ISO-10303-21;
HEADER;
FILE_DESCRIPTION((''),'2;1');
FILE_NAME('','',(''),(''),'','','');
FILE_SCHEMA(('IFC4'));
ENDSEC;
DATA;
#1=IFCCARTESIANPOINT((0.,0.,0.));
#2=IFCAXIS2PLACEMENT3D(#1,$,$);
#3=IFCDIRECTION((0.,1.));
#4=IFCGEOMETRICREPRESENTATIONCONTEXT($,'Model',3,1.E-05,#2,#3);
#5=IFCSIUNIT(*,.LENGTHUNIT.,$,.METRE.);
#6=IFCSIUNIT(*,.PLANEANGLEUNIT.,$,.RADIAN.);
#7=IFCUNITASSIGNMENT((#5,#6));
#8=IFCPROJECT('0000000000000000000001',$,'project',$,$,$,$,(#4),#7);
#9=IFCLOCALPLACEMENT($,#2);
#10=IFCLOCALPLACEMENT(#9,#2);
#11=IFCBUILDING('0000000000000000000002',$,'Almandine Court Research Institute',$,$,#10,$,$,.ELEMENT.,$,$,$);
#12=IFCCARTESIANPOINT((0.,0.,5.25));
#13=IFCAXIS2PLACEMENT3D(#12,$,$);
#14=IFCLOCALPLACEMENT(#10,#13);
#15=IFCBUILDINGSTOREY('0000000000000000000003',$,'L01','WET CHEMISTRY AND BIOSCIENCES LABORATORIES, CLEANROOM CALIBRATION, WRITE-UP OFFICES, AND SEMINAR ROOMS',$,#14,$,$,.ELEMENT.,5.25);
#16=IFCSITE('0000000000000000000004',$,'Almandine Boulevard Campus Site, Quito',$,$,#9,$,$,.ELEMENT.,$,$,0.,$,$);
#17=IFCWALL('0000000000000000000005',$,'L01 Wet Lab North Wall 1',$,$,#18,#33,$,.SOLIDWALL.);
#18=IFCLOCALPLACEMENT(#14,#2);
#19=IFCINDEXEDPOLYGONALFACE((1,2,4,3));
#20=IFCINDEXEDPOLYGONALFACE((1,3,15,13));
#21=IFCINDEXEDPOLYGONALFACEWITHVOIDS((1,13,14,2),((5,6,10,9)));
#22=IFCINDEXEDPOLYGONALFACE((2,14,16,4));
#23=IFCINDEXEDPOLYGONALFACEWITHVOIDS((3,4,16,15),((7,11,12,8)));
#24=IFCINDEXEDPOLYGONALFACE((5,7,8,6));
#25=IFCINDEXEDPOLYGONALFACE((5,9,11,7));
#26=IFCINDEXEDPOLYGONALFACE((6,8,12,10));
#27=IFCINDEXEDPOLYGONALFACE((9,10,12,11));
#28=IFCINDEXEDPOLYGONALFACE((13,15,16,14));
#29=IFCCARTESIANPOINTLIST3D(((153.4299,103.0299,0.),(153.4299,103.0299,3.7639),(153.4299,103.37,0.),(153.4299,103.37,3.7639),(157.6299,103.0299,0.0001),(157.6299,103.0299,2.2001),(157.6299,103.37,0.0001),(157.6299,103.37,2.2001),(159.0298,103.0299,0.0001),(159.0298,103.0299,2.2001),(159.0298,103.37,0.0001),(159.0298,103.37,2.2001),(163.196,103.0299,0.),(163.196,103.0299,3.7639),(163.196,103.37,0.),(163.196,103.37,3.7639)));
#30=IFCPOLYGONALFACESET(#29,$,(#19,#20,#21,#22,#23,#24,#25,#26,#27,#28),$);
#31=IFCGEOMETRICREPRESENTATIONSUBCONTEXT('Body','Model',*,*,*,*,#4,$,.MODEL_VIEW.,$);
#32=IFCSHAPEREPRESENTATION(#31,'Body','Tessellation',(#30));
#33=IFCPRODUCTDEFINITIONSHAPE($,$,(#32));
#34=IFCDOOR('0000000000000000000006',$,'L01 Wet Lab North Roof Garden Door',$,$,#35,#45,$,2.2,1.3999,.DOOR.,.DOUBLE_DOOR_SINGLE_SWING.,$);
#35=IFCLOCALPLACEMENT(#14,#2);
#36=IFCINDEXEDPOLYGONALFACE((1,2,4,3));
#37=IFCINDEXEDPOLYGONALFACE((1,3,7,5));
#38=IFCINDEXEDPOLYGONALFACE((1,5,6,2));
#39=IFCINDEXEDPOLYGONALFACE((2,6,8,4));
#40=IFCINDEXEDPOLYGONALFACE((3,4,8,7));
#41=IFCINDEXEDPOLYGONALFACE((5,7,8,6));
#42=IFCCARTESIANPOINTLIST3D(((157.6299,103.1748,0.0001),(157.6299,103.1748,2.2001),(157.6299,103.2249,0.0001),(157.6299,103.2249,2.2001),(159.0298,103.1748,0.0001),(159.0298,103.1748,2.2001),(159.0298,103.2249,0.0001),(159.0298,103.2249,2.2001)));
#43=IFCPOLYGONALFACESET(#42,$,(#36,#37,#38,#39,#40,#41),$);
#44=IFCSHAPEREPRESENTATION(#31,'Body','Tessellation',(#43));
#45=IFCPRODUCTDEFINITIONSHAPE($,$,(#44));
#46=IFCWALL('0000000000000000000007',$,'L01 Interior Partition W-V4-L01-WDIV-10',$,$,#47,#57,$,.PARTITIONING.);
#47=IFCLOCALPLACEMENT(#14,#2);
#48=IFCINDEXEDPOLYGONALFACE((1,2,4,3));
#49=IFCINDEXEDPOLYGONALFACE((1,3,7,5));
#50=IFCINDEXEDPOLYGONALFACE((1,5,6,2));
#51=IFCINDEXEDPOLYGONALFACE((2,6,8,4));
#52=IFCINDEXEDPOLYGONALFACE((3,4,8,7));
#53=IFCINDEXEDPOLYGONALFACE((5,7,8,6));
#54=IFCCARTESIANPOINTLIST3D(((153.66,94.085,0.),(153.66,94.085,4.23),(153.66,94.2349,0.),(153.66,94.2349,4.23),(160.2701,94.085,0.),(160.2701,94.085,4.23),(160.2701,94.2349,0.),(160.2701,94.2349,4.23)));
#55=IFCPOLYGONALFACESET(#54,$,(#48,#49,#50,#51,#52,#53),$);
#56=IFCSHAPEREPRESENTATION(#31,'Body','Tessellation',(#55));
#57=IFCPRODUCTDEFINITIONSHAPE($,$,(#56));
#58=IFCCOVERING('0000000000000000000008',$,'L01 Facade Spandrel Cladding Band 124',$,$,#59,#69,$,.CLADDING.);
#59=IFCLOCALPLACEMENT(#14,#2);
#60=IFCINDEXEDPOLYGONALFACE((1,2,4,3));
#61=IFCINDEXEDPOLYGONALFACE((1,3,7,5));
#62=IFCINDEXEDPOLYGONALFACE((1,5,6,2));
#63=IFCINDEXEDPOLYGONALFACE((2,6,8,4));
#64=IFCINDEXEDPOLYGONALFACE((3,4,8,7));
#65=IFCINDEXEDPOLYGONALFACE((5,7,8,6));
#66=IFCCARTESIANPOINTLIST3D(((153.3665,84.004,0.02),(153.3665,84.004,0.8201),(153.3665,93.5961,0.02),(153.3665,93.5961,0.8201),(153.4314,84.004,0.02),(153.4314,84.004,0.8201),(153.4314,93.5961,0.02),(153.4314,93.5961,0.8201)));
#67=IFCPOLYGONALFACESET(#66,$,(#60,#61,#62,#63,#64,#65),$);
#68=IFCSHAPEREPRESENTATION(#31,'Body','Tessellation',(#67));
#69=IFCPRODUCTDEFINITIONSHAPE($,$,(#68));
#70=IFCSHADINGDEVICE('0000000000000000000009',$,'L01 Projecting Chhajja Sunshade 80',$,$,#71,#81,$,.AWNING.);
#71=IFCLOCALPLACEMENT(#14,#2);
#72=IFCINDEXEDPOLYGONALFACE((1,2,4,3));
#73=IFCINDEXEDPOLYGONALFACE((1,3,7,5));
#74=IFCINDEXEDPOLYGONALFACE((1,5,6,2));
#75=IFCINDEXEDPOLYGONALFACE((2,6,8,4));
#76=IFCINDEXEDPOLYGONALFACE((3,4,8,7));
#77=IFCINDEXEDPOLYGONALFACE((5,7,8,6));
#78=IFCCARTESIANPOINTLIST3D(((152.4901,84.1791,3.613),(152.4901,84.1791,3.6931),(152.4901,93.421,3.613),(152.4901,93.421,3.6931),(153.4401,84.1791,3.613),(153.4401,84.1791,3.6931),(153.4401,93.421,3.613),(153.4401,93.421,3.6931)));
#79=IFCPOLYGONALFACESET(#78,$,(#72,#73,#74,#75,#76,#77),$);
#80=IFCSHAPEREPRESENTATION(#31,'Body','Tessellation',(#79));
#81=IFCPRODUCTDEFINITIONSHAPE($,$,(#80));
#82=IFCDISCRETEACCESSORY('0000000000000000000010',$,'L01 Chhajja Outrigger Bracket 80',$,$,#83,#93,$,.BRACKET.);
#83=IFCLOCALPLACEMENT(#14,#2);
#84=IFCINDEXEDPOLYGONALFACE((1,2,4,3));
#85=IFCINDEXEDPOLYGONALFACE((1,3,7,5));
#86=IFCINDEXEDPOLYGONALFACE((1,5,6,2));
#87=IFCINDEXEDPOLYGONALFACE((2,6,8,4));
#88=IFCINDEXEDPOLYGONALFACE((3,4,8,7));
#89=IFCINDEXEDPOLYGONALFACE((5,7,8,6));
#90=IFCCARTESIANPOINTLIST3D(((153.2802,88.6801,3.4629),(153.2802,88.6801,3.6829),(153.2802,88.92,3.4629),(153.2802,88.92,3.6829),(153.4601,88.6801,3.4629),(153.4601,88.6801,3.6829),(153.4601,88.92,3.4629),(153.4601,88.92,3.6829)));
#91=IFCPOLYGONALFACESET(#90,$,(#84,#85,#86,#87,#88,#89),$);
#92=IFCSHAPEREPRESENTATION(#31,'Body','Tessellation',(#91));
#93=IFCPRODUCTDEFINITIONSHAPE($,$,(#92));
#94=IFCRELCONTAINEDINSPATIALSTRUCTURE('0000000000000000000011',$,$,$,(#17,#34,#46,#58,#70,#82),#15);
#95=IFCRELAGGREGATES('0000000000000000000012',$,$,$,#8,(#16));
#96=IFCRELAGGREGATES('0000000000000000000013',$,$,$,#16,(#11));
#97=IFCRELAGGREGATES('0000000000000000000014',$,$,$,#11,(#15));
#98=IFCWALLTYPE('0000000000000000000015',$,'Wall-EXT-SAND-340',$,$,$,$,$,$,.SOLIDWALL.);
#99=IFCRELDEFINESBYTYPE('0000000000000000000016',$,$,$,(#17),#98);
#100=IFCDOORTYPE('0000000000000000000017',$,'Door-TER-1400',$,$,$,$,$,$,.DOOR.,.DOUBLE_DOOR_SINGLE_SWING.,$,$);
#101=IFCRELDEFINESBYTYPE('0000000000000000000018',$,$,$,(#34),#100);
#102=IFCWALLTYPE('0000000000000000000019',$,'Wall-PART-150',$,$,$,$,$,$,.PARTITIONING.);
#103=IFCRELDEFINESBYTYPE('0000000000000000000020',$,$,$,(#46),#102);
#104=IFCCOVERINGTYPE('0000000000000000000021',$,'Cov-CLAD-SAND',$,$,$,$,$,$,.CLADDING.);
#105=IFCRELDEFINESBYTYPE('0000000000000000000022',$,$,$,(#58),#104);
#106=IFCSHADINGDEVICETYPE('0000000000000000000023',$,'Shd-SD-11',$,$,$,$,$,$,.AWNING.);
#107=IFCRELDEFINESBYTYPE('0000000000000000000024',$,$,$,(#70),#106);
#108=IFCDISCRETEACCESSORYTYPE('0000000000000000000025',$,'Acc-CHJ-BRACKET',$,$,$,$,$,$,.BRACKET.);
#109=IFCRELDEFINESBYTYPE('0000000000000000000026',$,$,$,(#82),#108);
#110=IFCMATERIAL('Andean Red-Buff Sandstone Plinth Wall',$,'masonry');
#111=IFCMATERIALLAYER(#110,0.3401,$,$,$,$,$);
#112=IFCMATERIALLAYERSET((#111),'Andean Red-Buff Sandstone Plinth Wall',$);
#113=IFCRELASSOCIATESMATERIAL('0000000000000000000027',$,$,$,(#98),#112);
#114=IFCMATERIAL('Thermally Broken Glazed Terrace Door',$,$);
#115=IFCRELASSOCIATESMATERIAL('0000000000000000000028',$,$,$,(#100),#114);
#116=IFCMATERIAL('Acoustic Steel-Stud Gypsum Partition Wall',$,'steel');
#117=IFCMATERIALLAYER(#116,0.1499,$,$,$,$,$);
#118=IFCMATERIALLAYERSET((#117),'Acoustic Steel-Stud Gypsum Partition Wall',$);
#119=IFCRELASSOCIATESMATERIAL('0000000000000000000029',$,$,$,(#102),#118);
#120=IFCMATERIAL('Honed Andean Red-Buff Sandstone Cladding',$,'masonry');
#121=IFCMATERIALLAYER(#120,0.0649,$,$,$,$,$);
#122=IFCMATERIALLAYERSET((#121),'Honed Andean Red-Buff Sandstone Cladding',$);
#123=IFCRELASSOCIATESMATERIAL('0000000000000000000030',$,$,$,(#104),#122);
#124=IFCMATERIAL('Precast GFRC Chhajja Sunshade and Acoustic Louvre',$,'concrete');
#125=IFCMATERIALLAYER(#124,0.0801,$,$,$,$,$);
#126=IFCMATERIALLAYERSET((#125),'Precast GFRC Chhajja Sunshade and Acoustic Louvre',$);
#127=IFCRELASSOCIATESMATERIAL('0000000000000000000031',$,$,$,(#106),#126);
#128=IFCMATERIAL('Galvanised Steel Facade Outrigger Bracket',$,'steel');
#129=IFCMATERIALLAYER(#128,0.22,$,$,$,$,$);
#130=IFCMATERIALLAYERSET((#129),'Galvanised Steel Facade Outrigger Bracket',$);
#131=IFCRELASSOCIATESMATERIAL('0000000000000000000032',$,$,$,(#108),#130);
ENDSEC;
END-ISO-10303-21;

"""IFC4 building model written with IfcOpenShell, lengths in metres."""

from ifc_helpers import new_model, si_unit, direction, frame, frame_2d, origin, origin_2d, place, context, subcontext, project, spatial, rectangle, extrude, material, layer, layer_set, type_object, element, fill, save


model = new_model("IFC4")

# Units and contexts
model_context = context("Model", 3, precision=1e-05, world=origin(), true_north=direction((0.0, 1.0)))
body_context = subcontext(model_context, "Body", "Model", "MODEL_VIEW")
ifc_project = project(units=[si_unit("LENGTHUNIT", "METRE"), si_unit("PLANEANGLEUNIT", "RADIAN")], contexts=[model_context])

# Site, building, storey
site_placement = place(None, origin())
site = spatial("IfcSite", under=ifc_project, at=site_placement, Name="Almandine Boulevard Campus Site, Quito", CompositionType="ELEMENT", RefElevation=0.0)
building_placement = place(site_placement, origin())
building = spatial("IfcBuilding", under=site, at=building_placement, Name="Almandine Court Research Institute", CompositionType="ELEMENT")
storey_placement = place(building_placement, frame((0.0, 0.0, 5.25)))
storey = spatial("IfcBuildingStorey", under=building, at=storey_placement, Name="L01", Description="WET CHEMISTRY AND BIOSCIENCES LABORATORIES, CLEANROOM CALIBRATION, WRITE-UP OFFICES, AND SEMINAR ROOMS", CompositionType="ELEMENT", Elevation=5.25)

# Shared definitions
ifc_material_1 = material(Name="Andean Red-Buff Sandstone Plinth Wall", Category="masonry")
ifc_layer_1 = layer(ifc_material_1, 0.3401)
ifc_layer_set_1 = layer_set([ifc_layer_1], Name="Andean Red-Buff Sandstone Plinth Wall")
wall_type_1 = type_object("IfcWallType", Name="Wall-EXT-SAND-340", PredefinedType="SOLIDWALL", material=ifc_layer_set_1)

# Wall, opening, door
wall_1_placement = place(storey_placement, frame((153.4299, 103.2, 0.0), z_axis=(0.0, 0.0, 1.0), x_axis=(1.0, 0.0, 0.0)))
wall_1 = element("IfcWall", 1, at=wall_1_placement, inside=storey, type_object=wall_type_1, Name="L01 Wet Lab North Wall 1", PredefinedType="SOLIDWALL", context=body_context, shape_type="SweptSolid", body=[
    extrude(rectangle(XDim=9.7661, YDim=0.3401, at=frame_2d((4.8831, 0.0))), origin(), (0.0, 0.0, 1.0), 3.7639),
])
opening_placement = place(wall_1_placement, frame((4.2, 0.0, 0.0)))
opening = element("IfcOpeningElement", 2, at=opening_placement, cuts=wall_1, PredefinedType="OPENING", context=body_context, shape_type="SweptSolid", body=[
    extrude(rectangle(XDim=1.3999, YDim=2.2, at=frame_2d((0.7, 1.1001))), frame((0.0, 0.1799, 0.0), z_axis=(0.0, -1.0, 0.0), x_axis=(1.0, 0.0, 0.0)), (0.0, 0.0, 1.0), 0.3601),
])
ifc_material_2 = material(Name="Thermally Broken Glazed Terrace Door")
door_type = type_object("IfcDoorType", Name="Door-TER-1400", OperationType="DOUBLE_DOOR_SINGLE_SWING", PredefinedType="DOOR", material=ifc_material_2)
door_placement = place(opening_placement, origin())
door = element("IfcDoor", 3, at=door_placement, inside=storey, type_object=door_type, Name="L01 Wet Lab North Roof Garden Door", OperationType="DOUBLE_DOOR_SINGLE_SWING", OverallHeight=2.2, OverallWidth=1.3999, PredefinedType="DOOR", context=body_context, shape_type="SweptSolid", body=[
    extrude(rectangle(XDim=1.3999, YDim=2.2, at=frame_2d((0.7, 1.1001))), frame((0.0, 0.0249, 0.0), z_axis=(0.0, -1.0, 0.0), x_axis=(1.0, 0.0, 0.0)), (0.0, 0.0, 1.0), 0.05),
])
fill(opening, door)

# Wall
ifc_material_3 = material(Name="Acoustic Steel-Stud Gypsum Partition Wall", Category="steel")
ifc_layer_2 = layer(ifc_material_3, 0.1499)
ifc_layer_set_2 = layer_set([ifc_layer_2], Name="Acoustic Steel-Stud Gypsum Partition Wall")
wall_type_2 = type_object("IfcWallType", Name="Wall-PART-150", PredefinedType="PARTITIONING", material=ifc_layer_set_2)
wall_2_placement = place(storey_placement, frame((153.6599, 94.1599, 0.0), z_axis=(0.0, 0.0, 1.0), x_axis=(1.0, 0.0, 0.0)))
element("IfcWall", 4, at=wall_2_placement, inside=storey, type_object=wall_type_2, Name="L01 Interior Partition W-V4-L01-WDIV-10", PredefinedType="PARTITIONING", context=body_context, shape_type="SweptSolid", body=[
    extrude(rectangle(XDim=6.6101, YDim=0.1499, at=frame_2d((3.3052, 0.0))), origin(), (0.0, 0.0, 1.0), 4.23),
])

# Covering
ifc_material_4 = material(Name="Honed Andean Red-Buff Sandstone Cladding", Category="masonry")
ifc_layer_3 = layer(ifc_material_4, 0.0649)
ifc_layer_set_3 = layer_set([ifc_layer_3], Name="Honed Andean Red-Buff Sandstone Cladding")
covering_type = type_object("IfcCoveringType", Name="Cov-CLAD-SAND", PredefinedType="CLADDING", material=ifc_layer_set_3)
covering_placement = place(storey_placement, frame((153.3989, 88.8, 0.02), z_axis=(0.0, 0.0, 1.0), x_axis=(0.0, 1.0, 0.0)))
element("IfcCovering", 5, at=covering_placement, inside=storey, type_object=covering_type, Name="L01 Facade Spandrel Cladding Band 124", PredefinedType="CLADDING", context=body_context, shape_type="SweptSolid", body=[
    extrude(rectangle(XDim=9.592, YDim=0.0649, at=origin_2d()), origin(), (0.0, 0.0, 1.0), 0.8),
])

# Shading device
ifc_material_5 = material(Name="Precast GFRC Chhajja Sunshade and Acoustic Louvre", Category="concrete")
ifc_layer_4 = layer(ifc_material_5, 0.0801)
ifc_layer_set_4 = layer_set([ifc_layer_4], Name="Precast GFRC Chhajja Sunshade and Acoustic Louvre")
shading_device_type = type_object("IfcShadingDeviceType", Name="Shd-SD-11", PredefinedType="AWNING", material=ifc_layer_set_4)
shading_device_placement = place(storey_placement, frame((152.9651, 88.8, 3.613), z_axis=(0.0, 0.0, 1.0), x_axis=(0.0, 1.0, 0.0)))
element("IfcShadingDevice", 6, at=shading_device_placement, inside=storey, type_object=shading_device_type, Name="L01 Projecting Chhajja Sunshade 80", PredefinedType="AWNING", context=body_context, shape_type="SweptSolid", body=[
    extrude(rectangle(XDim=9.2419, YDim=0.95, at=origin_2d()), origin(), (0.0, 0.0, 1.0), 0.0801),
])

# Discrete accessory
ifc_material_6 = material(Name="Galvanised Steel Facade Outrigger Bracket", Category="steel")
ifc_layer_5 = layer(ifc_material_6, 0.22)
ifc_layer_set_5 = layer_set([ifc_layer_5], Name="Galvanised Steel Facade Outrigger Bracket")
discrete_accessory_type = type_object("IfcDiscreteAccessoryType", Name="Acc-CHJ-BRACKET", PredefinedType="BRACKET", material=ifc_layer_set_5)
discrete_accessory_placement = place(storey_placement, frame((153.3701, 88.8, 3.4629), z_axis=(0.0, 0.0, 1.0), x_axis=(0.0, 1.0, 0.0)))
element("IfcDiscreteAccessory", 7, at=discrete_accessory_placement, inside=storey, type_object=discrete_accessory_type, Name="L01 Chhajja Outrigger Bracket 80", PredefinedType="BRACKET", context=body_context, shape_type="SweptSolid", body=[
    extrude(rectangle(XDim=0.24, YDim=0.1799, at=origin_2d()), origin(), (0.0, 0.0, 1.0), 0.22),
])

save(model, "model.ifc")
